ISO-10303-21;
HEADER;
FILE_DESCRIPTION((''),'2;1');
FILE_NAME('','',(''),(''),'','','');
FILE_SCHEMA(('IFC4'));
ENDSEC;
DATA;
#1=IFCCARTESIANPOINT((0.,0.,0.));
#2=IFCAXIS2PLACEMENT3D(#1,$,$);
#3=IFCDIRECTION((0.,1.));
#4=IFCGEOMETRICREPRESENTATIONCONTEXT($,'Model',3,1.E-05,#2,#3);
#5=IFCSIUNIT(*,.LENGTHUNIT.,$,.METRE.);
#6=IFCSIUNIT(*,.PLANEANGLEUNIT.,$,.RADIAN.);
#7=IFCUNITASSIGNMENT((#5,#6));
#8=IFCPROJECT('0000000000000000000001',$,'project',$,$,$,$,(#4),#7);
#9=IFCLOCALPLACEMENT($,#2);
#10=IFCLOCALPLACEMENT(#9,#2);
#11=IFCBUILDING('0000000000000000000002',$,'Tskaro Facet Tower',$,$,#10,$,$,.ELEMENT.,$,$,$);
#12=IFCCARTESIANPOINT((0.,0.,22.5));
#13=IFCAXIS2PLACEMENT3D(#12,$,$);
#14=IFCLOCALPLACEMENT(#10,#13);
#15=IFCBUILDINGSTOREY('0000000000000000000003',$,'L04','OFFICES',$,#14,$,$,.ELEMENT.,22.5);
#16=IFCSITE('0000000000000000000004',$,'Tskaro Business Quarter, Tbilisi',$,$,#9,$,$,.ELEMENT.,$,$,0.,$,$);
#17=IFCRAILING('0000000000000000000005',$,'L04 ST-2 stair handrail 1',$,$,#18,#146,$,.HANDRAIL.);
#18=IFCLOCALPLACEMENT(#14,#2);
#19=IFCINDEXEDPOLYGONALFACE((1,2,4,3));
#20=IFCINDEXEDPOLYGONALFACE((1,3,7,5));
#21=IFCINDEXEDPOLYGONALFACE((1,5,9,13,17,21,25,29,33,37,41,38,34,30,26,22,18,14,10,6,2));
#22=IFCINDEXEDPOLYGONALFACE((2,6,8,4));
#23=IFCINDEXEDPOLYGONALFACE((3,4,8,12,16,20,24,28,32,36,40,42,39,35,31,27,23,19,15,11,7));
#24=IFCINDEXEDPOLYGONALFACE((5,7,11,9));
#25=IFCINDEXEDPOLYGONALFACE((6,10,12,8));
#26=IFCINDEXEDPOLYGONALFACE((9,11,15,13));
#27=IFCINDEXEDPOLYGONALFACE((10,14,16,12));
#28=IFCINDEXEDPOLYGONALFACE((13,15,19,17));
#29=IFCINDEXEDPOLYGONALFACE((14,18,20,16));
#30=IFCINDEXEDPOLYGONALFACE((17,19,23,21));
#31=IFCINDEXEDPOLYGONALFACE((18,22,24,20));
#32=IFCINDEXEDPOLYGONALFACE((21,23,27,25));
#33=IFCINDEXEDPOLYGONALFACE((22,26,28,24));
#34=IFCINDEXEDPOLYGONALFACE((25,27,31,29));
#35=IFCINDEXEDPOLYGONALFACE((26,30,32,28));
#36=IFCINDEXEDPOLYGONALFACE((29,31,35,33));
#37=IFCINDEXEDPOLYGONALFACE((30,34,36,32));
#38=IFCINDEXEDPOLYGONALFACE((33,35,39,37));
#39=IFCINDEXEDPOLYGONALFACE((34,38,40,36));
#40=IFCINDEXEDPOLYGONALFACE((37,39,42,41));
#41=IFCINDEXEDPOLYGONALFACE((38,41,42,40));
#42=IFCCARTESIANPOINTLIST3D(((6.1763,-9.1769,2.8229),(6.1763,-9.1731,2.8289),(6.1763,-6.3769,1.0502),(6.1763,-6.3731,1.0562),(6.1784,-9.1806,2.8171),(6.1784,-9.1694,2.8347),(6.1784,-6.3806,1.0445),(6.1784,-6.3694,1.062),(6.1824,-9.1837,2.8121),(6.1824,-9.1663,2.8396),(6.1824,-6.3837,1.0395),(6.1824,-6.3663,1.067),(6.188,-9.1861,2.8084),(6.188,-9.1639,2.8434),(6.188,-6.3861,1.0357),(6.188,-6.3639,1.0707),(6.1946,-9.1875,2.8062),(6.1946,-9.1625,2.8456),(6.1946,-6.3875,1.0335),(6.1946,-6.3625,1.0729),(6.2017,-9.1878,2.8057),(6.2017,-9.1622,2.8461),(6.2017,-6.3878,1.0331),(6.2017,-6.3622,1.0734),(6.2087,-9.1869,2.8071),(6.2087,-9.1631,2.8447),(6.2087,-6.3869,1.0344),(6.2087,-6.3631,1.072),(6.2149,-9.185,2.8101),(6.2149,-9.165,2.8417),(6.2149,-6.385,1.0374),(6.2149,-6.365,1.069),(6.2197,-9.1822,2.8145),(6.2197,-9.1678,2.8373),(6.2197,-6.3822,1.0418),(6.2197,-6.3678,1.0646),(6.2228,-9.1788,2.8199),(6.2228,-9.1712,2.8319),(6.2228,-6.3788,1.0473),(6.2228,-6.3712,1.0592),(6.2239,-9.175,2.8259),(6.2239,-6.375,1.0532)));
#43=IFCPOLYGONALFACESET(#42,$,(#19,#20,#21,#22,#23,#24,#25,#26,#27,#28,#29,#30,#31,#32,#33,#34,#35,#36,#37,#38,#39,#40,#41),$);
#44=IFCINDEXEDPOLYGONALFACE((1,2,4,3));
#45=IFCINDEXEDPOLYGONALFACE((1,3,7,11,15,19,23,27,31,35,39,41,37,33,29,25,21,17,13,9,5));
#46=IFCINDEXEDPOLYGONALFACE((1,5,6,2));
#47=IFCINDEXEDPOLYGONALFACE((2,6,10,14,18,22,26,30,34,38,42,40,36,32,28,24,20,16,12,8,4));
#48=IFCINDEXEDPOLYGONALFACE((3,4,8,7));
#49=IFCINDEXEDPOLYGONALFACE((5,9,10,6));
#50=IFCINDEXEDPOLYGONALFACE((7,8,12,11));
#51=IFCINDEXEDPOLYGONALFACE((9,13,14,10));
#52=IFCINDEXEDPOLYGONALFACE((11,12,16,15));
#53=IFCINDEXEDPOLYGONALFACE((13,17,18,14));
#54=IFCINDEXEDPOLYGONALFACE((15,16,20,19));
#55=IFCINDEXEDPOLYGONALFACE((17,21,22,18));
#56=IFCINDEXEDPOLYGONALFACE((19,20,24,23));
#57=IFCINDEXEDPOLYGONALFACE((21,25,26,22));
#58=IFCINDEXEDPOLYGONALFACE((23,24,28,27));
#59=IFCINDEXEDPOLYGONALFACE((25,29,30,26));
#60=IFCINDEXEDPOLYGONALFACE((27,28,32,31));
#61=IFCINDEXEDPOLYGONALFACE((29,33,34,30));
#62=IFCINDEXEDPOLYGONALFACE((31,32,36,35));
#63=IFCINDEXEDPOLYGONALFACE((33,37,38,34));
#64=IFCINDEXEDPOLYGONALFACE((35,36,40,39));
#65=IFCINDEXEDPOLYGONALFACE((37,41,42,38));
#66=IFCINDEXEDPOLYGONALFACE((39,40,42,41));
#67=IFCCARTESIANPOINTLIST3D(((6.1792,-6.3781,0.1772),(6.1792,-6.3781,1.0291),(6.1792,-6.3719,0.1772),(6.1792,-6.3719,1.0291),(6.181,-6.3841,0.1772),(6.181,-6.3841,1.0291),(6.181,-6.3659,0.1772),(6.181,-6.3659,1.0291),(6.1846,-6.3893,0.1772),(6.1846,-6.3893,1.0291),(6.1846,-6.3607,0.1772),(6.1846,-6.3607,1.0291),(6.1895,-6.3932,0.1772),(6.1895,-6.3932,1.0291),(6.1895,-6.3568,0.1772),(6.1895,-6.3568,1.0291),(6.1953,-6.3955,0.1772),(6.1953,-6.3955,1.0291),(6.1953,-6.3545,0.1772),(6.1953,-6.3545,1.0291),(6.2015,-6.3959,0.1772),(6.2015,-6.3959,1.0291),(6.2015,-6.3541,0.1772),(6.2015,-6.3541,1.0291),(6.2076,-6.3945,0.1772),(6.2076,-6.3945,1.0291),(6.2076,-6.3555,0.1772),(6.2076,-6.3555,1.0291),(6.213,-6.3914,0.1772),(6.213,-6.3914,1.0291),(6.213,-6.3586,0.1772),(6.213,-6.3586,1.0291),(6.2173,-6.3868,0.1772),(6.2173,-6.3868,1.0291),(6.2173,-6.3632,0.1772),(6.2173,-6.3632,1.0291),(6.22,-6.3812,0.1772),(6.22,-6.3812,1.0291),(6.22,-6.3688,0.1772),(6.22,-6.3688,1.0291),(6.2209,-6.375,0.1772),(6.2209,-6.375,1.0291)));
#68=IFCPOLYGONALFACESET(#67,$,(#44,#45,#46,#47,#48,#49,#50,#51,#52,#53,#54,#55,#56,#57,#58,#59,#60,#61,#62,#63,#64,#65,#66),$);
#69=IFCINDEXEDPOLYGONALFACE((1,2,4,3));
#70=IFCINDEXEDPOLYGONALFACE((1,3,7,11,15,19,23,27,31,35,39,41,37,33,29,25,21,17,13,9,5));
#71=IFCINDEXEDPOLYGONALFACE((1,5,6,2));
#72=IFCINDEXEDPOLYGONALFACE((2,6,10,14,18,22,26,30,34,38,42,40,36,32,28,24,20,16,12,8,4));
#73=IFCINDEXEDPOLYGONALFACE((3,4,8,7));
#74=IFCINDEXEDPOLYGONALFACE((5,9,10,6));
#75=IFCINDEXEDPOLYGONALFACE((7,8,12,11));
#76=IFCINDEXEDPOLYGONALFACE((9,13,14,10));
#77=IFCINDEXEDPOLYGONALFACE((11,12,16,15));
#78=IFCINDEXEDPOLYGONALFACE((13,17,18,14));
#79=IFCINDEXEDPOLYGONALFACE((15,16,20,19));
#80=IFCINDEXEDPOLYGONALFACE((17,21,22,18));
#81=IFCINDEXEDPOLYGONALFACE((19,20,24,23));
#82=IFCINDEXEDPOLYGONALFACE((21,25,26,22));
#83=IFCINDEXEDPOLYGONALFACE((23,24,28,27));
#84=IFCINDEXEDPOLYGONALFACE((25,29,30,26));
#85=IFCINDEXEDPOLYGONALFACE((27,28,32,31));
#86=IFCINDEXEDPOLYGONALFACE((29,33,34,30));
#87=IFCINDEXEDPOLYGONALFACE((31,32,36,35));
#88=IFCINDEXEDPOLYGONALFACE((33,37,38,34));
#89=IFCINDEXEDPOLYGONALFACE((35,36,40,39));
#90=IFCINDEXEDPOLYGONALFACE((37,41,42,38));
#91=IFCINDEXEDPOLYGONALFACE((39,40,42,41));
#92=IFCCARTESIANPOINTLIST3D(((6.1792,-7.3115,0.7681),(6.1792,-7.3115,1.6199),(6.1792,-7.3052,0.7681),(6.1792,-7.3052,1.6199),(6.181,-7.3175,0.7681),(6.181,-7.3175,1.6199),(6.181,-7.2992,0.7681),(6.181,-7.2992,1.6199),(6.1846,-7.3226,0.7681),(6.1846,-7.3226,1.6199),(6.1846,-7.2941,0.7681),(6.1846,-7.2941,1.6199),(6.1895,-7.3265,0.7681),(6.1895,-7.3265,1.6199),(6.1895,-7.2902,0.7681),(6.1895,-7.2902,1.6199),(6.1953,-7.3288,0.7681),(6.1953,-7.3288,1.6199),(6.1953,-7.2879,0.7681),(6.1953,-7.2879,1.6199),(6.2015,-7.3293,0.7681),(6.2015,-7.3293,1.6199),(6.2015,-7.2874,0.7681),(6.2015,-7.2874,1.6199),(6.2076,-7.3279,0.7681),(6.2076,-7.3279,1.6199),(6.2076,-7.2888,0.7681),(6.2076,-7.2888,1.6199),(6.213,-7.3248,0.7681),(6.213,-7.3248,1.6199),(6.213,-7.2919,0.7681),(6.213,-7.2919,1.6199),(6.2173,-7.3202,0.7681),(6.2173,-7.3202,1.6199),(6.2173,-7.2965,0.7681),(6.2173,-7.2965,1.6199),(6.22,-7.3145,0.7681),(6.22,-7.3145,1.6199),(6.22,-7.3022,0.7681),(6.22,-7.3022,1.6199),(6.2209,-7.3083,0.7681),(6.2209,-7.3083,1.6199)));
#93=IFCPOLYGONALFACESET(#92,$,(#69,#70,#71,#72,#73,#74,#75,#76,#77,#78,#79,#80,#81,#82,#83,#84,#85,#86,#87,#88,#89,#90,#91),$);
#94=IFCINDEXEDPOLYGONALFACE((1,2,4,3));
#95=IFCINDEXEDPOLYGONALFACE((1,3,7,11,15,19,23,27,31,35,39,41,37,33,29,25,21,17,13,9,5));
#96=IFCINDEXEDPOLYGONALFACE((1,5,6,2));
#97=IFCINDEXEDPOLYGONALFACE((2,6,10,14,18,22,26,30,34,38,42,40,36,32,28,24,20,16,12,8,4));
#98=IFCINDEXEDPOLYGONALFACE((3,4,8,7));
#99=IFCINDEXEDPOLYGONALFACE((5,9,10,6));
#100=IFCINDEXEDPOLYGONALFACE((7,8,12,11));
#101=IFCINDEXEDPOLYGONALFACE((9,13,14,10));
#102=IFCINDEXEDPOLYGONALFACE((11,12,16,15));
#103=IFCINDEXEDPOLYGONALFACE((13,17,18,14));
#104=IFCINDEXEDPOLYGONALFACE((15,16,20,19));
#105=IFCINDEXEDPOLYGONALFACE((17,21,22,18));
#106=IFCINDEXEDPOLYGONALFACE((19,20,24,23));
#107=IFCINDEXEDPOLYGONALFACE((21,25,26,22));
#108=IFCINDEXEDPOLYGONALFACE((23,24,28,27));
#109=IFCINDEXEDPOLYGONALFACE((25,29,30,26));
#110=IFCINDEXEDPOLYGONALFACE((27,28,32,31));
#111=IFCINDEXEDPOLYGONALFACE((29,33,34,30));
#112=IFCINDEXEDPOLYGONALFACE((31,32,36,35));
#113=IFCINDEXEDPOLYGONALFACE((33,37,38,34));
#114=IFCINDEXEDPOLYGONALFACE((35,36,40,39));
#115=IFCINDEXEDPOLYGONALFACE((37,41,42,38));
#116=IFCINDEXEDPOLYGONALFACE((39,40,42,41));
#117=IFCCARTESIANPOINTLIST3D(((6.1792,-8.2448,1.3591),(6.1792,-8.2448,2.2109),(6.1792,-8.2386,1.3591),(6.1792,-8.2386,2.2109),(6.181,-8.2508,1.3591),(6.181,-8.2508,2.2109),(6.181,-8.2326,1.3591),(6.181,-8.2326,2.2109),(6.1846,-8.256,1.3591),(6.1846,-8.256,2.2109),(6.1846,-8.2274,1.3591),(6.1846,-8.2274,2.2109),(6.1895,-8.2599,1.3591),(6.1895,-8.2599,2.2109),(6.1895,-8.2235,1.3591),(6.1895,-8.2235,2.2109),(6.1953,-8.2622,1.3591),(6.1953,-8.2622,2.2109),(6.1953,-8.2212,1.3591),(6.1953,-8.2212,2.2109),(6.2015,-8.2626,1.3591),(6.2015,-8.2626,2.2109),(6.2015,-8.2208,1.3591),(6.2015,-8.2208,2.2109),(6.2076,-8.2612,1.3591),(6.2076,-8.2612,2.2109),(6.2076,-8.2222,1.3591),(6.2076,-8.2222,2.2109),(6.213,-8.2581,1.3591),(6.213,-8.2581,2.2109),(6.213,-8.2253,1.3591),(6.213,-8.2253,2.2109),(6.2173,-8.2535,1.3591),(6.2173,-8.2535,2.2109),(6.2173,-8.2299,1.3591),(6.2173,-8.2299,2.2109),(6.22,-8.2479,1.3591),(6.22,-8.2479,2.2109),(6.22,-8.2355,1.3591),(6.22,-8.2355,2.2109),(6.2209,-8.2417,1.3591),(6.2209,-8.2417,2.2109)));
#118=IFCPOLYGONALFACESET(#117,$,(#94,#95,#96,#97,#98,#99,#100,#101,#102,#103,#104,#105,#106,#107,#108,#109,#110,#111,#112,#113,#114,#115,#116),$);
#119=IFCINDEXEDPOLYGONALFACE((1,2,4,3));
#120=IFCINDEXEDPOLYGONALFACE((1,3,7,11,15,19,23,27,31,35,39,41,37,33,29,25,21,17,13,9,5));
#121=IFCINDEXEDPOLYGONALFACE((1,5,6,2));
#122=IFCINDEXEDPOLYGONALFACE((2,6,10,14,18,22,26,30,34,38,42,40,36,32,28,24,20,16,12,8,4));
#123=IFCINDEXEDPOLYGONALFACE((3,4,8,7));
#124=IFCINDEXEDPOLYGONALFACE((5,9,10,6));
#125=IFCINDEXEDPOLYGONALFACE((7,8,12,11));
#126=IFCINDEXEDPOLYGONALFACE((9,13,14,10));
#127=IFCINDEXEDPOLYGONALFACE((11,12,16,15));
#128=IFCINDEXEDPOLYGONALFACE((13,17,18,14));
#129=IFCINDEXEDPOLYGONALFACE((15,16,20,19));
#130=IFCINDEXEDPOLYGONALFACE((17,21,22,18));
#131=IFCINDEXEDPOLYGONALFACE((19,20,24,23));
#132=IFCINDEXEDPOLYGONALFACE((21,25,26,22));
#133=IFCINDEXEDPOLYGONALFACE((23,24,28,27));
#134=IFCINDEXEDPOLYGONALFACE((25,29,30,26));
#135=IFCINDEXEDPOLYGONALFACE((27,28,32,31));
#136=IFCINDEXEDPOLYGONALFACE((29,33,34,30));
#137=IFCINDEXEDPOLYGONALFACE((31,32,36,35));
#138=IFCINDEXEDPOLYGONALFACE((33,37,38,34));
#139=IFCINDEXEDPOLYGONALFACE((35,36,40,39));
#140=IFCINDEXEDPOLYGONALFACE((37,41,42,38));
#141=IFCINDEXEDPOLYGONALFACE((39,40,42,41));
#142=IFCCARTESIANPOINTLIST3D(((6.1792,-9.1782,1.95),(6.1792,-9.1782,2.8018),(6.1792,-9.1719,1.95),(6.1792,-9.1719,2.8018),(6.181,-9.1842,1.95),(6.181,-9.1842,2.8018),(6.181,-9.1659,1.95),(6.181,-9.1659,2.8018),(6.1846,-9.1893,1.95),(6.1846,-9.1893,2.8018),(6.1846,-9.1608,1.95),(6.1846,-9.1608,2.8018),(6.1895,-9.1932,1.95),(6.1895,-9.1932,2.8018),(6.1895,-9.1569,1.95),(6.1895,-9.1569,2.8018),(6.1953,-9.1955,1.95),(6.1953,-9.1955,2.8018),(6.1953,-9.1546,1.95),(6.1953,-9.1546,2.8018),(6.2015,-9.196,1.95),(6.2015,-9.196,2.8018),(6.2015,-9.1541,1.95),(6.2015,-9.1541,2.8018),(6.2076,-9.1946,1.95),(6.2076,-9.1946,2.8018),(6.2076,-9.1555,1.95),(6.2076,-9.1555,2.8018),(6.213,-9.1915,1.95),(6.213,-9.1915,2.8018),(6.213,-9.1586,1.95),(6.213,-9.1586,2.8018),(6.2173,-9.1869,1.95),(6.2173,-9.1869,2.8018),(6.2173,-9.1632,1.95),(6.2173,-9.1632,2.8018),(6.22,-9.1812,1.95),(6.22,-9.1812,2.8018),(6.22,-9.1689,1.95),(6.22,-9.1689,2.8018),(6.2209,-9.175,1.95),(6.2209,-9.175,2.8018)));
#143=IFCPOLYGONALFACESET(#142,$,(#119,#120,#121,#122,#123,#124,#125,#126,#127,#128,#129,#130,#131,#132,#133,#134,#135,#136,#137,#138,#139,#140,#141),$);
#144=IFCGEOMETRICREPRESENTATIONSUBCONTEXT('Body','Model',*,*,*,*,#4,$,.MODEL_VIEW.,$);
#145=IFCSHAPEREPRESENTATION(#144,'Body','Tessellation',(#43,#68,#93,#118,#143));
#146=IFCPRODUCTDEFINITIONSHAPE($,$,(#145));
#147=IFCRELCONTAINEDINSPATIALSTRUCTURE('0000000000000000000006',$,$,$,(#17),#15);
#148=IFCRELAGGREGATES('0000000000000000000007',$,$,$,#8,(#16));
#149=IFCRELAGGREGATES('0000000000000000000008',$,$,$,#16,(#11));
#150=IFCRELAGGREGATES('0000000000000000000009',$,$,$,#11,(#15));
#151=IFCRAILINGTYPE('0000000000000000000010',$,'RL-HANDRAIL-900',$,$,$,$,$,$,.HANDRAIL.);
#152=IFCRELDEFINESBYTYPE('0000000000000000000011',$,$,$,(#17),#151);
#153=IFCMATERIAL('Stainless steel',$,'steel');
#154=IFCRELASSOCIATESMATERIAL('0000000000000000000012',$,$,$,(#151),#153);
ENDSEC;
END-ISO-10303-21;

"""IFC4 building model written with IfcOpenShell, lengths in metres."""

from ifc_helpers import new_model, si_unit, direction, frame, origin, origin_2d, place, context, subcontext, project, spatial, circle, extrude, material, type_object, element, save


model = new_model("IFC4")

# Units and contexts
model_context = context("Model", 3, precision=1e-05, world=origin(), true_north=direction((0.0, 1.0)))
body_context = subcontext(model_context, "Body", "Model", "MODEL_VIEW")
ifc_project = project(units=[si_unit("LENGTHUNIT", "METRE"), si_unit("PLANEANGLEUNIT", "RADIAN")], contexts=[model_context])

# Site, building, storey
site_placement = place(None, origin())
site = spatial("IfcSite", under=ifc_project, at=site_placement, Name="Tskaro Business Quarter, Tbilisi", CompositionType="ELEMENT", RefElevation=0.0)
building_placement = place(site_placement, origin())
building = spatial("IfcBuilding", under=site, at=building_placement, Name="Tskaro Facet Tower", CompositionType="ELEMENT")
storey_placement = place(building_placement, frame((0.0, 0.0, 22.5)))
storey = spatial("IfcBuildingStorey", under=building, at=storey_placement, Name="L04", Description="OFFICES", CompositionType="ELEMENT", Elevation=22.5)

# Shared definitions
ifc_material_1 = material(Name="Stainless steel", Category="steel")

# Railing
railing_type = type_object("IfcRailingType", Name="RL-HANDRAIL-900", PredefinedType="HANDRAIL", material=ifc_material_1)
railing_placement = place(storey_placement, frame((6.2, -6.375, 0.1772)))
element("IfcRailing", 1, at=railing_placement, inside=storey, type_object=railing_type, Name="L04 ST-2 stair handrail 1", PredefinedType="HANDRAIL", context=body_context, shape_type="SweptSolid", body=[
    extrude(circle(Radius=0.0239, at=origin_2d()), frame((0.0, 0.0, 0.876), z_axis=(0.0, -0.844909, 0.53491), x_axis=(1.0, 0.0, 0.0)), (0.0, 0.0, 1.0), 3.314),
    extrude(circle(Radius=0.021, at=origin_2d()), origin(), (0.0, 0.0, 1.0), 0.8518),
    extrude(circle(Radius=0.021, at=origin_2d()), frame((0.0, -0.9333, 0.5908)), (0.0, 0.0, 1.0), 0.8518),
    extrude(circle(Radius=0.021, at=origin_2d()), frame((0.0, -1.8667, 1.1819)), (0.0, 0.0, 1.0), 0.8518),
    extrude(circle(Radius=0.021, at=origin_2d()), frame((0.0, -2.8, 1.7727)), (0.0, 0.0, 1.0), 0.8518),
])

save(model, "model.ifc")
